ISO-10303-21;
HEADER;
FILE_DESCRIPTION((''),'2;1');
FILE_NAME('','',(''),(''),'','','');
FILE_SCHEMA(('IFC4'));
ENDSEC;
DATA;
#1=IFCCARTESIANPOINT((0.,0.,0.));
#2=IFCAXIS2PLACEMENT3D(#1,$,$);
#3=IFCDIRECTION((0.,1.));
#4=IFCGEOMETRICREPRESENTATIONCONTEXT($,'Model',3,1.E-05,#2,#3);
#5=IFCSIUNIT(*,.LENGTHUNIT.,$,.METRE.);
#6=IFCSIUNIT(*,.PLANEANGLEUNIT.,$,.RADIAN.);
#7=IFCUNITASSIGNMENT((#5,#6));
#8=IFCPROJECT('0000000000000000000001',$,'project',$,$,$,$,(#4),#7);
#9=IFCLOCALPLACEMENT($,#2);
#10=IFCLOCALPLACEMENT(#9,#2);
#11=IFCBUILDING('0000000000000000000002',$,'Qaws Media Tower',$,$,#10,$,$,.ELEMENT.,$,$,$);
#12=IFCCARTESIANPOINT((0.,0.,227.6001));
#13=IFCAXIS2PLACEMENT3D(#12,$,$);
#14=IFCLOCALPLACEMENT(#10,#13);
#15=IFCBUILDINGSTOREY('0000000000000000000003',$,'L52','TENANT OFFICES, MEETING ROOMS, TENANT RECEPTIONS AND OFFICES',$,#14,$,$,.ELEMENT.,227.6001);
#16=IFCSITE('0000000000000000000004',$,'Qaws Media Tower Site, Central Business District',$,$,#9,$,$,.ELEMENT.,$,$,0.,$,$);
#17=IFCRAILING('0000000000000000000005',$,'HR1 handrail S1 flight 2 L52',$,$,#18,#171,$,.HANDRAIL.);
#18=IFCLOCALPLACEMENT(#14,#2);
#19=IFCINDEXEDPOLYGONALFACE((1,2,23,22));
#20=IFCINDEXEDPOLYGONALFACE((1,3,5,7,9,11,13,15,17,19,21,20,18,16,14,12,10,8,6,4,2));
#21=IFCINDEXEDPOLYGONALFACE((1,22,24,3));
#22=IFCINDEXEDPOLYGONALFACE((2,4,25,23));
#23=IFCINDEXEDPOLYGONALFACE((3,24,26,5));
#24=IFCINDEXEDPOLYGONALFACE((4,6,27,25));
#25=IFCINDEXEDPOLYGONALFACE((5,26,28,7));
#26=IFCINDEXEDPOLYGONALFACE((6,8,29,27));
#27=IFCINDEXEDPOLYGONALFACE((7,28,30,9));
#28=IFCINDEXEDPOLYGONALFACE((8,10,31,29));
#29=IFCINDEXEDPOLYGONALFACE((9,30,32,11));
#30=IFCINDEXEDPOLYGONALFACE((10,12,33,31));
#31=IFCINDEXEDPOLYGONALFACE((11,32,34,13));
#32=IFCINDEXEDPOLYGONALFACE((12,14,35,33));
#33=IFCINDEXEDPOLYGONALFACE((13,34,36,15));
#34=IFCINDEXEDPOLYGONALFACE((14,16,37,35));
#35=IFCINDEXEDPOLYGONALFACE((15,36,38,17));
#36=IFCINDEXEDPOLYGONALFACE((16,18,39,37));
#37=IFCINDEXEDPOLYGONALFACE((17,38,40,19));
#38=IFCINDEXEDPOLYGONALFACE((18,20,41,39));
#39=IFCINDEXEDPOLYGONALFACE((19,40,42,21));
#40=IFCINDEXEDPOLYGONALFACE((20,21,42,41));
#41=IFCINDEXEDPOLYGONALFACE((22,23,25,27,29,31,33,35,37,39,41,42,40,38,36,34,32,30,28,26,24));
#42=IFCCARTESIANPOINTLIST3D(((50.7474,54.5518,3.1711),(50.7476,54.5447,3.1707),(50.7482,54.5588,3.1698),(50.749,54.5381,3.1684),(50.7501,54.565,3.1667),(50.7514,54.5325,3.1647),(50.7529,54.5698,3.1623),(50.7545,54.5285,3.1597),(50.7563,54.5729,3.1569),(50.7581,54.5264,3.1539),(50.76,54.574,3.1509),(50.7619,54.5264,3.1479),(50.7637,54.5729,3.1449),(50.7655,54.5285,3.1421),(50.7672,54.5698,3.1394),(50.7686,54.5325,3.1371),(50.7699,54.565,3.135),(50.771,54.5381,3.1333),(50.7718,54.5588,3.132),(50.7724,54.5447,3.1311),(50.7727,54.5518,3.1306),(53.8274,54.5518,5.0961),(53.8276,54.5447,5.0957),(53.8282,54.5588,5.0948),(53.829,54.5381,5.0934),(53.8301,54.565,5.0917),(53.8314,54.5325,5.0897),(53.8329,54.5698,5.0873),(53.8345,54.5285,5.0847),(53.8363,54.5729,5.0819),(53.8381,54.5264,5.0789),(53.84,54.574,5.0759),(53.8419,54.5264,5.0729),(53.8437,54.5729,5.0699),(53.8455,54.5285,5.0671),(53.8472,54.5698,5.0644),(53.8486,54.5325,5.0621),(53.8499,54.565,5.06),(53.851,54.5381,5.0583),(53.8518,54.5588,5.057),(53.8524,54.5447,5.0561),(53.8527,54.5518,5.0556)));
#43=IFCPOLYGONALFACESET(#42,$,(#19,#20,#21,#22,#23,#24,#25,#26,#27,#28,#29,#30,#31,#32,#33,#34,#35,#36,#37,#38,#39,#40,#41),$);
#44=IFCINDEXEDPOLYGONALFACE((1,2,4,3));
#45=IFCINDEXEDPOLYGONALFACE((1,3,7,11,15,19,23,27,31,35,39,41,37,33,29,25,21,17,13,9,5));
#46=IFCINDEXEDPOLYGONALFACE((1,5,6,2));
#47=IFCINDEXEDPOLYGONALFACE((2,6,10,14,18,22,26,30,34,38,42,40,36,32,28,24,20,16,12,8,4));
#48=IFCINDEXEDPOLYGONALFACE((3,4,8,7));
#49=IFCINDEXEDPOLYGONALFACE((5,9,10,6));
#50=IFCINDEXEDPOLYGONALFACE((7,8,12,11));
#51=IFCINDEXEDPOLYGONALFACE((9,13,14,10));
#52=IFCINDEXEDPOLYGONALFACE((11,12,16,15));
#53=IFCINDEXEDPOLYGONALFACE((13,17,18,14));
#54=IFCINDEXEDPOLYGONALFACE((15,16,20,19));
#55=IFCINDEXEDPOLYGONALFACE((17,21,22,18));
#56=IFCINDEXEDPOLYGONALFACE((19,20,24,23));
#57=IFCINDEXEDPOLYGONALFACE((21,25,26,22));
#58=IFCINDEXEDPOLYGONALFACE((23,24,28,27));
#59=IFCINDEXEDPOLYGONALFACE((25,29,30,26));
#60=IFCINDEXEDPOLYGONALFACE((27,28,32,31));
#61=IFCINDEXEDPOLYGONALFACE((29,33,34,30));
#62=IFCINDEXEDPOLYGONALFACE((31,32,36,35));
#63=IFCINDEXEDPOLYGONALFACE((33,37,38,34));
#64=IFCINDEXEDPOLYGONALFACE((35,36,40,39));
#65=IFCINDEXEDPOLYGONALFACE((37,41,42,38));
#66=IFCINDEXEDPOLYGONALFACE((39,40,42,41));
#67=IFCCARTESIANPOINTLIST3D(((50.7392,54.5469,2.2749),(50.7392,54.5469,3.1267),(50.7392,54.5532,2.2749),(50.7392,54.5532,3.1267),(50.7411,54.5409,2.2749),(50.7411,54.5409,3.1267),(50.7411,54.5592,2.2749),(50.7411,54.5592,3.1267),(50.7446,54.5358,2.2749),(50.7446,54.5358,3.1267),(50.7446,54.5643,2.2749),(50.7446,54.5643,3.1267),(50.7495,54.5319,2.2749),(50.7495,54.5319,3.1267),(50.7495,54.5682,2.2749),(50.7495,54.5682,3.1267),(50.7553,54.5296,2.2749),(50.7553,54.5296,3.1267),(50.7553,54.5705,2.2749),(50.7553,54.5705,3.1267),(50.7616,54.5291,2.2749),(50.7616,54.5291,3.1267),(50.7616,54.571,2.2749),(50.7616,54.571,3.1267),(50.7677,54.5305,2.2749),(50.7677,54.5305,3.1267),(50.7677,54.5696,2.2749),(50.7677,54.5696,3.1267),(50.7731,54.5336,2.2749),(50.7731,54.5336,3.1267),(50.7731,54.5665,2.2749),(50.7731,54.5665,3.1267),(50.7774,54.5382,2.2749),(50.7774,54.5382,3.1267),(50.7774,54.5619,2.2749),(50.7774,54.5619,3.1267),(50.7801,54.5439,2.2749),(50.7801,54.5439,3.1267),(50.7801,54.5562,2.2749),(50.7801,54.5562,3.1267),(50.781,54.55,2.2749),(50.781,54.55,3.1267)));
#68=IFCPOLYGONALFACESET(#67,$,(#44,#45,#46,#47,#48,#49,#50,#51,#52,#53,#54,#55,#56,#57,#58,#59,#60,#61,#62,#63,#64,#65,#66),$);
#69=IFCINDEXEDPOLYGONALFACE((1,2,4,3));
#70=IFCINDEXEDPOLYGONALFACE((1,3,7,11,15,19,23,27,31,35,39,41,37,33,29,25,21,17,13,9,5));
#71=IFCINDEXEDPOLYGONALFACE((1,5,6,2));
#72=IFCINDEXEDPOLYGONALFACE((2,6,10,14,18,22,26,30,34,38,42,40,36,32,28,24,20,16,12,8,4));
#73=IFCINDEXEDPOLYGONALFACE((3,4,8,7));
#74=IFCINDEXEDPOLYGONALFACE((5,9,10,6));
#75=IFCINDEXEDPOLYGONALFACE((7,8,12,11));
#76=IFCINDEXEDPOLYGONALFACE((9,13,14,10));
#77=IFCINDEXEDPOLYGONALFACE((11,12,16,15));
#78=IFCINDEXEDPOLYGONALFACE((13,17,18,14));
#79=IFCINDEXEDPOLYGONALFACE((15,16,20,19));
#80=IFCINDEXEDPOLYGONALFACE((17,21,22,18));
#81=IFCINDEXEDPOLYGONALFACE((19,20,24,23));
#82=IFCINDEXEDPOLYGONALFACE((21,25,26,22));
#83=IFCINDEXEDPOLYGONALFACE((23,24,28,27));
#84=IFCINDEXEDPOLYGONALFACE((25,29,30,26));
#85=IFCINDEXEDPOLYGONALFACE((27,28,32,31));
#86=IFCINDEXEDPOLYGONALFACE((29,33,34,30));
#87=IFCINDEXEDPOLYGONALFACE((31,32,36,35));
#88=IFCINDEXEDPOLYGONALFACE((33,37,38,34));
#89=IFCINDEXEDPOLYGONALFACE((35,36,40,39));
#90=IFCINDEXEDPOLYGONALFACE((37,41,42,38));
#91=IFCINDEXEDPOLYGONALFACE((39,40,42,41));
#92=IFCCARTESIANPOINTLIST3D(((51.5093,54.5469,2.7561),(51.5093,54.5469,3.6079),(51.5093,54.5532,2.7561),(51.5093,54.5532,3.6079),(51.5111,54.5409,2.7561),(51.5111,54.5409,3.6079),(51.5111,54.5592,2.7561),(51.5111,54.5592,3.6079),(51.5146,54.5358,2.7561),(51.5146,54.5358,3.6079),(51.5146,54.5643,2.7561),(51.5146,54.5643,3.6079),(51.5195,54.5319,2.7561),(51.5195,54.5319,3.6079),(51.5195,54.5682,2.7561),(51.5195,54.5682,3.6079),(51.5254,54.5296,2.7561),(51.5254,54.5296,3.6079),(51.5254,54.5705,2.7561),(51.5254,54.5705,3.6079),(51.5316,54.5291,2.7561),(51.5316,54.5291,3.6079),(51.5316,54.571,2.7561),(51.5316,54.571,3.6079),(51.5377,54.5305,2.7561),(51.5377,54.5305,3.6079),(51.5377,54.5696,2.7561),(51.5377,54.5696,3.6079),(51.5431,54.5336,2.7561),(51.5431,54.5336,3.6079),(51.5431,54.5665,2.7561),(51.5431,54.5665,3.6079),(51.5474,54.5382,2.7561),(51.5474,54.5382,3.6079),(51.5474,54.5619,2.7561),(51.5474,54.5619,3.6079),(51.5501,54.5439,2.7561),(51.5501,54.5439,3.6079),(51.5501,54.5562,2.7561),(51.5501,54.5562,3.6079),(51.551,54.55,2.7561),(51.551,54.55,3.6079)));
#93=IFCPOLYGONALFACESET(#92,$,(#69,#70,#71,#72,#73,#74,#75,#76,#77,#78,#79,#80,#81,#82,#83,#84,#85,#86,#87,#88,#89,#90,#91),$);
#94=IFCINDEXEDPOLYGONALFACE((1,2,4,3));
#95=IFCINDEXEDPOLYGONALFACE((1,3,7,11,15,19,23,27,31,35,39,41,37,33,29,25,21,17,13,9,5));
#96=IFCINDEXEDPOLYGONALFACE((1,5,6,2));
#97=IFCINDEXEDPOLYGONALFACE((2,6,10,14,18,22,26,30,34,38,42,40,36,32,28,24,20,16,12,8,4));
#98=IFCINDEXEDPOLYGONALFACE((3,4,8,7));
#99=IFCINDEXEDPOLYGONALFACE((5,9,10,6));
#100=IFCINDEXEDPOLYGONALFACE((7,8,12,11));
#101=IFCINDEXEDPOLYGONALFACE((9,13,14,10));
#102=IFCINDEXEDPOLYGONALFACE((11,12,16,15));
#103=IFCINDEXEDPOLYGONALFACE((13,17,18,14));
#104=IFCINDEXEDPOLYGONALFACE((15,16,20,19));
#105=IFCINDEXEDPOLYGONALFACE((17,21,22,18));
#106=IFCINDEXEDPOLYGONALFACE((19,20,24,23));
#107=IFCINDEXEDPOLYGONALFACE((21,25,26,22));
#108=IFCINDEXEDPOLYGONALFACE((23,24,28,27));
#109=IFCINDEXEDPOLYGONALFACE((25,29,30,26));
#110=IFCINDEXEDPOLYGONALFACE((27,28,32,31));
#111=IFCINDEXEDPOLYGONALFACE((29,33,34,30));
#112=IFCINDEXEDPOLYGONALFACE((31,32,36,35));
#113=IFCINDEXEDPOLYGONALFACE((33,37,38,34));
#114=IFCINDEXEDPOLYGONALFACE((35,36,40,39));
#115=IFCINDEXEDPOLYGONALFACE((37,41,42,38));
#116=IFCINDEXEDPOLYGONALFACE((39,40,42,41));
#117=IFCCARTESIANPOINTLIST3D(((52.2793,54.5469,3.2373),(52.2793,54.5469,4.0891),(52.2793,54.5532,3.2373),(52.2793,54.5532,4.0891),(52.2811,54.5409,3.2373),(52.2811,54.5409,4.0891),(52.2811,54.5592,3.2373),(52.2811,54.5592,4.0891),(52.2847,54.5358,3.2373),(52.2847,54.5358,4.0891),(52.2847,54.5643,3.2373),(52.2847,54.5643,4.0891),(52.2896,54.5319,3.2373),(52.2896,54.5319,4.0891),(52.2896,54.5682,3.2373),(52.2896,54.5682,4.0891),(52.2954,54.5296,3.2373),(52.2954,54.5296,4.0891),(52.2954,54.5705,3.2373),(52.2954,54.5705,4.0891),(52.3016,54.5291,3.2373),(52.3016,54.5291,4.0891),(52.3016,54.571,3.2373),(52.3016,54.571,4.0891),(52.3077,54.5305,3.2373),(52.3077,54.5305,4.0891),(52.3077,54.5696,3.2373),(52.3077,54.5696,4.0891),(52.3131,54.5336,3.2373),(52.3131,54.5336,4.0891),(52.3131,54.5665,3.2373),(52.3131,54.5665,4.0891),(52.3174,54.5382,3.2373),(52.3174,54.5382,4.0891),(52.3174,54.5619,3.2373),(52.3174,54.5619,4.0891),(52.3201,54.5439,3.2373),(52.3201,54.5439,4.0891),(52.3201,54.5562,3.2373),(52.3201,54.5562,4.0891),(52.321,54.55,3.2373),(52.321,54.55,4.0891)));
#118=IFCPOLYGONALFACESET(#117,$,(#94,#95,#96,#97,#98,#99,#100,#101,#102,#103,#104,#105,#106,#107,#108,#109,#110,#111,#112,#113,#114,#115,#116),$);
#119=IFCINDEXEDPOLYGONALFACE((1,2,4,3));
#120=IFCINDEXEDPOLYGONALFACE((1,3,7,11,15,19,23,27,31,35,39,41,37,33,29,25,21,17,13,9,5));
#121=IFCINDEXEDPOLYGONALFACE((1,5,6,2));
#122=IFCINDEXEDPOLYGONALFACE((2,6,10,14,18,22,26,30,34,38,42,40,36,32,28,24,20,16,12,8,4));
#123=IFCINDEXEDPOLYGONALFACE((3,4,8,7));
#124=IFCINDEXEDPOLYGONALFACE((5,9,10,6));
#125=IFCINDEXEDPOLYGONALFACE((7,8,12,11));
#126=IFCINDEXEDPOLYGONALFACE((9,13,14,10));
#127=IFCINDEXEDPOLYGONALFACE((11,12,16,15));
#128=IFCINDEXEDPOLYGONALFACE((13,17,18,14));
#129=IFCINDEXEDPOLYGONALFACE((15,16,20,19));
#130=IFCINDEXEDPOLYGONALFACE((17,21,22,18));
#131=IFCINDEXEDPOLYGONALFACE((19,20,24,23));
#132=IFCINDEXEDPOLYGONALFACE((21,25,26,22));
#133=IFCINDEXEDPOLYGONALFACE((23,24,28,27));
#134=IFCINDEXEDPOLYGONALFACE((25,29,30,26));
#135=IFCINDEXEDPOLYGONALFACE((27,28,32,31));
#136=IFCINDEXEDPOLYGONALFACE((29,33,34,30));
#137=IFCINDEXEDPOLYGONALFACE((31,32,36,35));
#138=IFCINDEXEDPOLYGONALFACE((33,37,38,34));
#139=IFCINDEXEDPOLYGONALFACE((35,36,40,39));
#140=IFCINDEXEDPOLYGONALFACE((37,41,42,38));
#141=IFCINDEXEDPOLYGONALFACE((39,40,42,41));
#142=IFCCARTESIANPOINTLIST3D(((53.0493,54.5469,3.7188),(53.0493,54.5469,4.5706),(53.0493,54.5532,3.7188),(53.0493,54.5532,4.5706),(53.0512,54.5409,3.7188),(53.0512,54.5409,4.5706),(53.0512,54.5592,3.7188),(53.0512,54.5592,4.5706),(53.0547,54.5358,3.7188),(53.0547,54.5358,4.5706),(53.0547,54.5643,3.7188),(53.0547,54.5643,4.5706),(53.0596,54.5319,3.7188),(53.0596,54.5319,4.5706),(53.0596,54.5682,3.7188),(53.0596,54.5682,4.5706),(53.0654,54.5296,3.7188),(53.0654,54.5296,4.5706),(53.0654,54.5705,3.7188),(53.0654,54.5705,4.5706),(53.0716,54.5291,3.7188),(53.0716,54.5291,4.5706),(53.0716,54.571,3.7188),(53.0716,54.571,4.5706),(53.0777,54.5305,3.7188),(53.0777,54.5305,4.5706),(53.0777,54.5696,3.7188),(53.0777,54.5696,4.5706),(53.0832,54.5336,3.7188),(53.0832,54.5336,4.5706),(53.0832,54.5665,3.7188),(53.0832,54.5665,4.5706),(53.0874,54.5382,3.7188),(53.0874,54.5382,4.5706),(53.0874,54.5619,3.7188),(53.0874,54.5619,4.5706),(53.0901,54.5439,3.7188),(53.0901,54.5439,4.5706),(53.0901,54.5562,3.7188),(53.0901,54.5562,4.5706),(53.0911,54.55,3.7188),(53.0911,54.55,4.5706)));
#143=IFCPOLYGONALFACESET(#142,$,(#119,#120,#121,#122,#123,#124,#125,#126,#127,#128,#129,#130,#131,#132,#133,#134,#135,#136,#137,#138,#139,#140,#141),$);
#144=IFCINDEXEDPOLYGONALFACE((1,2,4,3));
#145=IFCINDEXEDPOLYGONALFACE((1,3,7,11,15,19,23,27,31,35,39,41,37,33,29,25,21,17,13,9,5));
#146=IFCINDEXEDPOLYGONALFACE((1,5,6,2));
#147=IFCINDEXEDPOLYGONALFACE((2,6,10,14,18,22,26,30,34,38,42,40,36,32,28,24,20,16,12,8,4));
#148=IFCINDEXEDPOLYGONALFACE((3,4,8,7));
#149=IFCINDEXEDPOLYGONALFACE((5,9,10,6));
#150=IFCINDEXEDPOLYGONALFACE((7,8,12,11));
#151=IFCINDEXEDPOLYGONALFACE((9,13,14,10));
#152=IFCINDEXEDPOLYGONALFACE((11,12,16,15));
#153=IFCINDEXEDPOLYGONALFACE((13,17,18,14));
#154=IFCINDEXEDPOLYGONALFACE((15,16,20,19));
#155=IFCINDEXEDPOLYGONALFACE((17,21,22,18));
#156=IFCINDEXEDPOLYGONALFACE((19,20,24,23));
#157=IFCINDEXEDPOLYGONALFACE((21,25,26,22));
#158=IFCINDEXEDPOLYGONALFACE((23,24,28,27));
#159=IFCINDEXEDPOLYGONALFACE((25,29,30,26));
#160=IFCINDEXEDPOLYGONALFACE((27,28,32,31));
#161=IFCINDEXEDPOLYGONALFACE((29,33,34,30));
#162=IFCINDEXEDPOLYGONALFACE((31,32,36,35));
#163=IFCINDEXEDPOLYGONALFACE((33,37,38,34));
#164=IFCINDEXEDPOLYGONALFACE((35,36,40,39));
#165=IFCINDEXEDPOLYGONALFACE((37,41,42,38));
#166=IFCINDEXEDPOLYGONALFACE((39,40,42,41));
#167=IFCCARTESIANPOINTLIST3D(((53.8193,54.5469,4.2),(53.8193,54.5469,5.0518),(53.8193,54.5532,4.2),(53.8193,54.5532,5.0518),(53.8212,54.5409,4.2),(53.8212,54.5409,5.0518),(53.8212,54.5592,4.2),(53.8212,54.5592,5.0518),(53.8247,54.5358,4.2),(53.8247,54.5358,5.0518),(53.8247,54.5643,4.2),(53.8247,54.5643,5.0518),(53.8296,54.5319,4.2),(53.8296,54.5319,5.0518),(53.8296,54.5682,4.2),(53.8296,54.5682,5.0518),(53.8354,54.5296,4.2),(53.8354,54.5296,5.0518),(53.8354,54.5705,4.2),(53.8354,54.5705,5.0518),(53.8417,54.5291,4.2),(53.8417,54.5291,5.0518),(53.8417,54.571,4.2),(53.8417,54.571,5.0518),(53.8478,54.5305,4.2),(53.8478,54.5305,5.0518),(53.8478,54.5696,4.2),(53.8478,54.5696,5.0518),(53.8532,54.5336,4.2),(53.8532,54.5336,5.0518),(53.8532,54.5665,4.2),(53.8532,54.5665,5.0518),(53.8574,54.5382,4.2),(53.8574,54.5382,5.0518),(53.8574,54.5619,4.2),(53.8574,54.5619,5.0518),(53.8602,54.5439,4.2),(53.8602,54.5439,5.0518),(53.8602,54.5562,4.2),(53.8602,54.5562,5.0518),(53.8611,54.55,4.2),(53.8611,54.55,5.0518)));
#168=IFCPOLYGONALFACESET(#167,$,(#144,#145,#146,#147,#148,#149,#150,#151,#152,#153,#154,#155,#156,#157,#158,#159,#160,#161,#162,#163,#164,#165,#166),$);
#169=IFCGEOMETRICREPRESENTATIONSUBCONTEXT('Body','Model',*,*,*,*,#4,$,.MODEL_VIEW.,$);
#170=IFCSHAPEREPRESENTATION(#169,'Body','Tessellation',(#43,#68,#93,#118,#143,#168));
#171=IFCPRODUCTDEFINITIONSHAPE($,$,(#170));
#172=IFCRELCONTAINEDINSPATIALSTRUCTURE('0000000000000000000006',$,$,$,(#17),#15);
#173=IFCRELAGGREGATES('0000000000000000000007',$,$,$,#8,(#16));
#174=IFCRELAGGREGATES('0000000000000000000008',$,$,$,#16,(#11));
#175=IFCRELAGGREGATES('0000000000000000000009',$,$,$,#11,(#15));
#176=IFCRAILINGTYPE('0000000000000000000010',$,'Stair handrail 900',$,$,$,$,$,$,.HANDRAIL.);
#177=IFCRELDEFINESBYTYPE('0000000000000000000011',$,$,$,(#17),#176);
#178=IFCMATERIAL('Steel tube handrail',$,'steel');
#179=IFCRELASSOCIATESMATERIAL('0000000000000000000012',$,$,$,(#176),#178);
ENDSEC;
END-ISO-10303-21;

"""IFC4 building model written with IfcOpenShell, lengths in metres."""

from ifc_helpers import new_model, si_unit, direction, frame, origin, origin_2d, place, context, subcontext, project, spatial, circle, extrude, material, type_object, element, save


model = new_model("IFC4")

# Units and contexts
model_context = context("Model", 3, precision=1e-05, world=origin(), true_north=direction((0.0, 1.0)))
body_context = subcontext(model_context, "Body", "Model", "MODEL_VIEW")
ifc_project = project(units=[si_unit("LENGTHUNIT", "METRE"), si_unit("PLANEANGLEUNIT", "RADIAN")], contexts=[model_context])

# Site, building, storey
site_placement = place(None, origin())
site = spatial("IfcSite", under=ifc_project, at=site_placement, Name="Qaws Media Tower Site, Central Business District", CompositionType="ELEMENT", RefElevation=0.0)
building_placement = place(site_placement, origin())
building = spatial("IfcBuilding", under=site, at=building_placement, Name="Qaws Media Tower", CompositionType="ELEMENT")
storey_placement = place(building_placement, frame((0.0, 0.0, 227.6001)))
storey = spatial("IfcBuildingStorey", under=building, at=storey_placement, Name="L52", Description="TENANT OFFICES, MEETING ROOMS, TENANT RECEPTIONS AND OFFICES", CompositionType="ELEMENT", Elevation=227.6001)

# Railing
ifc_material_1 = material(Name="Steel tube handrail", Category="steel")
railing_type = type_object("IfcRailingType", Name="Stair handrail 900", PredefinedType="HANDRAIL", material=ifc_material_1)
for number, where, name in (
    (1, (50.76, 54.55, 2.2749), "HR1 handrail S1 flight 2 L52"),
):
    element("IfcRailing", number, at=place(storey_placement, frame(where)), inside=storey, type_object=railing_type, Name=name, PredefinedType="HANDRAIL", context=body_context, shape_type="SweptSolid", body=[
        extrude(circle(Radius=0.0239, at=origin_2d()), frame((0.0, 0.0, 0.876), z_axis=(0.847998, 0.0, 0.529999), x_axis=(0.0, 1.0, 0.0)), (0.0, 0.0, 1.0), 3.6321),
        extrude(circle(Radius=0.021, at=origin_2d()), origin(), (0.0, 0.0, 1.0), 0.8518),
        extrude(circle(Radius=0.021, at=origin_2d()), frame((0.77, 0.0, 0.4812)), (0.0, 0.0, 1.0), 0.8518),
        extrude(circle(Radius=0.021, at=origin_2d()), frame((1.54, 0.0, 0.9624)), (0.0, 0.0, 1.0), 0.8518),
        extrude(circle(Radius=0.021, at=origin_2d()), frame((2.3101, 0.0, 1.4438)), (0.0, 0.0, 1.0), 0.8518),
        extrude(circle(Radius=0.021, at=origin_2d()), frame((3.0801, 0.0, 1.925)), (0.0, 0.0, 1.0), 0.8518),
    ])

save(model, "model.ifc")
